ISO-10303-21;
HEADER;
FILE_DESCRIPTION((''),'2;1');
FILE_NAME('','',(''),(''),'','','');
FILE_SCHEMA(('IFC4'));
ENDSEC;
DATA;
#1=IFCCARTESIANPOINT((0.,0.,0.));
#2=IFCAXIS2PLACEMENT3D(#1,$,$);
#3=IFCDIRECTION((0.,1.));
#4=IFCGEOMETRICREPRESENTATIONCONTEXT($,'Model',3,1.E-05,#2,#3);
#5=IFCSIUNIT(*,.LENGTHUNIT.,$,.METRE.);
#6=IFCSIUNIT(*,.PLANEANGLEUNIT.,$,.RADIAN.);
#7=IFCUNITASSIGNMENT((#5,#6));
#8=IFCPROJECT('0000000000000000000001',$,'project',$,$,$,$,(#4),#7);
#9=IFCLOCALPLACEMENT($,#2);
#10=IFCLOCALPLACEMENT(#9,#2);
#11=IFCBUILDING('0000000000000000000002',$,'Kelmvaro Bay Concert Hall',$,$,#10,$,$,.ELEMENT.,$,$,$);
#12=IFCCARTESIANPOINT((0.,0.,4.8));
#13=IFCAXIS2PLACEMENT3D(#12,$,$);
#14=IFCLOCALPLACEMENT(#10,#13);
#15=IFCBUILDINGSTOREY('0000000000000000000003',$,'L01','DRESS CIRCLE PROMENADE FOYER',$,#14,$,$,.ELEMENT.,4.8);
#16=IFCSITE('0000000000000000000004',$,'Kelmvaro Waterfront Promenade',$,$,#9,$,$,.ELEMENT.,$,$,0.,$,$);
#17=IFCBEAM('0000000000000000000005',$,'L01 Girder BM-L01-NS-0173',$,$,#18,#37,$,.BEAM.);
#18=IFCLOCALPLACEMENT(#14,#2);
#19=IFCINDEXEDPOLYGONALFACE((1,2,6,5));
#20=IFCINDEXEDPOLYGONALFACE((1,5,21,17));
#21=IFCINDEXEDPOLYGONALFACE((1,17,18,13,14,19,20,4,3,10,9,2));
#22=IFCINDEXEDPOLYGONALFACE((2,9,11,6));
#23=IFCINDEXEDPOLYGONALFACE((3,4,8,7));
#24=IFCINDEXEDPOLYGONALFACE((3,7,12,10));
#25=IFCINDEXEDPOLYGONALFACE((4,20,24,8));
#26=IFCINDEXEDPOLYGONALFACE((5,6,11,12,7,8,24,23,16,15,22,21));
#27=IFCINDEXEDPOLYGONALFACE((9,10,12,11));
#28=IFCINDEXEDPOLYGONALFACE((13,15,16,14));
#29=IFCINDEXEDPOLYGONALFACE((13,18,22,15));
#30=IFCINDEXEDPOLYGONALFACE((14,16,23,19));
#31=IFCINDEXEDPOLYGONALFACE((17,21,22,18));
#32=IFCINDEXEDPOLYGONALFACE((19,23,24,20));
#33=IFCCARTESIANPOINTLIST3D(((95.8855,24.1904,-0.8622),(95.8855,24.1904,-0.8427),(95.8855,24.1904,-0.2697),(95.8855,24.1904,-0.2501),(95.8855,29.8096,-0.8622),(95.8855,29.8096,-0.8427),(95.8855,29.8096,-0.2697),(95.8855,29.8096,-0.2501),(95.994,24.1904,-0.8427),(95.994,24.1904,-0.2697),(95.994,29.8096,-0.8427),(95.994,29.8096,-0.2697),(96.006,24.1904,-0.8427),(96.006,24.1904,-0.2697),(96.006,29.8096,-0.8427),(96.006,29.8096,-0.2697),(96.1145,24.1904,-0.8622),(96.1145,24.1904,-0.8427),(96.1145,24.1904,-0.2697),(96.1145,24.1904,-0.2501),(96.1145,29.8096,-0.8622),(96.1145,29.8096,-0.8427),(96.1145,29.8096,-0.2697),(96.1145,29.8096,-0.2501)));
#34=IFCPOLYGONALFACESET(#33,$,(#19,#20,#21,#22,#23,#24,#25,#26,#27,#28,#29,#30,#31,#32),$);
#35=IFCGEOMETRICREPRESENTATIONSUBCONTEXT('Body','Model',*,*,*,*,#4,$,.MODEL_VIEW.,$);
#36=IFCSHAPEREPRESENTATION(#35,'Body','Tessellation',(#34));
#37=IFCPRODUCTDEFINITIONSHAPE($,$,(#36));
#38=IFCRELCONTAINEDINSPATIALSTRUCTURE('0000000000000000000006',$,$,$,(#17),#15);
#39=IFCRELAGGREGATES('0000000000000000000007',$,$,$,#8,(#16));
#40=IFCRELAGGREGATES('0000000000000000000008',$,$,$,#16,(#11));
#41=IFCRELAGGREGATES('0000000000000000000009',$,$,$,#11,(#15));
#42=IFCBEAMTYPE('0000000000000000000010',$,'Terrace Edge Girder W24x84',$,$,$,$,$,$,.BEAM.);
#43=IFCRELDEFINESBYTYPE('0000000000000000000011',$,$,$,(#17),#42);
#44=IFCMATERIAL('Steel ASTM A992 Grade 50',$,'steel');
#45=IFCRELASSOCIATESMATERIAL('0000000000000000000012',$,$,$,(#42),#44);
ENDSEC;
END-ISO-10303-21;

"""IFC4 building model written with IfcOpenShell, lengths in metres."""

from ifc_helpers import new_model, si_unit, direction, frame, origin, origin_2d, place, context, subcontext, project, spatial, i_section, extrude, material, material_profile, profile_set, type_object, element, save


model = new_model("IFC4")

# Units and contexts
model_context = context("Model", 3, precision=1e-05, world=origin(), true_north=direction((0.0, 1.0)))
body_context = subcontext(model_context, "Body", "Model", "MODEL_VIEW")
ifc_project = project(units=[si_unit("LENGTHUNIT", "METRE"), si_unit("PLANEANGLEUNIT", "RADIAN")], contexts=[model_context])

# Site, building, storey
site_placement = place(None, origin())
site = spatial("IfcSite", under=ifc_project, at=site_placement, Name="Kelmvaro Waterfront Promenade", CompositionType="ELEMENT", RefElevation=0.0)
building_placement = place(site_placement, origin())
building = spatial("IfcBuilding", under=site, at=building_placement, Name="Kelmvaro Bay Concert Hall", CompositionType="ELEMENT")
storey_placement = place(building_placement, frame((0.0, 0.0, 4.8)))
storey = spatial("IfcBuildingStorey", under=building, at=storey_placement, Name="L01", Description="DRESS CIRCLE PROMENADE FOYER", CompositionType="ELEMENT", Elevation=4.8)

# Beam
ifc_material_1 = material(Name="Steel ASTM A992 Grade 50", Category="steel")
ifc_material_profile_1 = material_profile(ifc_material_1, i_section(OverallWidth=0.229, OverallDepth=0.6121, WebThickness=0.012, FlangeThickness=0.0195, at=origin_2d()), Name="W24X84")
ifc_profile_set_1 = profile_set([ifc_material_profile_1], Name="Steel ASTM A992 Grade 50")
beam_type_1 = type_object("IfcBeamType", Name="Terrace Edge Girder W24x84", PredefinedType="BEAM", material=ifc_profile_set_1)
beam_1_placement = place(storey_placement, frame((96.0, 24.1904, -0.5562), z_axis=(0.0, 1.0, 0.0), x_axis=(-1.0, 0.0, 0.0)))
element("IfcBeam", 1, at=beam_1_placement, inside=storey, type_object=beam_type_1, Name="L01 Girder BM-L01-NS-0173", PredefinedType="BEAM", context=body_context, shape_type="SweptSolid", body=[
    extrude(i_section(OverallWidth=0.229, OverallDepth=0.6121, WebThickness=0.012, FlangeThickness=0.0195, at=origin_2d()), origin(), (0.0, 0.0, 1.0), 5.6191),
])

save(model, "model.ifc")
